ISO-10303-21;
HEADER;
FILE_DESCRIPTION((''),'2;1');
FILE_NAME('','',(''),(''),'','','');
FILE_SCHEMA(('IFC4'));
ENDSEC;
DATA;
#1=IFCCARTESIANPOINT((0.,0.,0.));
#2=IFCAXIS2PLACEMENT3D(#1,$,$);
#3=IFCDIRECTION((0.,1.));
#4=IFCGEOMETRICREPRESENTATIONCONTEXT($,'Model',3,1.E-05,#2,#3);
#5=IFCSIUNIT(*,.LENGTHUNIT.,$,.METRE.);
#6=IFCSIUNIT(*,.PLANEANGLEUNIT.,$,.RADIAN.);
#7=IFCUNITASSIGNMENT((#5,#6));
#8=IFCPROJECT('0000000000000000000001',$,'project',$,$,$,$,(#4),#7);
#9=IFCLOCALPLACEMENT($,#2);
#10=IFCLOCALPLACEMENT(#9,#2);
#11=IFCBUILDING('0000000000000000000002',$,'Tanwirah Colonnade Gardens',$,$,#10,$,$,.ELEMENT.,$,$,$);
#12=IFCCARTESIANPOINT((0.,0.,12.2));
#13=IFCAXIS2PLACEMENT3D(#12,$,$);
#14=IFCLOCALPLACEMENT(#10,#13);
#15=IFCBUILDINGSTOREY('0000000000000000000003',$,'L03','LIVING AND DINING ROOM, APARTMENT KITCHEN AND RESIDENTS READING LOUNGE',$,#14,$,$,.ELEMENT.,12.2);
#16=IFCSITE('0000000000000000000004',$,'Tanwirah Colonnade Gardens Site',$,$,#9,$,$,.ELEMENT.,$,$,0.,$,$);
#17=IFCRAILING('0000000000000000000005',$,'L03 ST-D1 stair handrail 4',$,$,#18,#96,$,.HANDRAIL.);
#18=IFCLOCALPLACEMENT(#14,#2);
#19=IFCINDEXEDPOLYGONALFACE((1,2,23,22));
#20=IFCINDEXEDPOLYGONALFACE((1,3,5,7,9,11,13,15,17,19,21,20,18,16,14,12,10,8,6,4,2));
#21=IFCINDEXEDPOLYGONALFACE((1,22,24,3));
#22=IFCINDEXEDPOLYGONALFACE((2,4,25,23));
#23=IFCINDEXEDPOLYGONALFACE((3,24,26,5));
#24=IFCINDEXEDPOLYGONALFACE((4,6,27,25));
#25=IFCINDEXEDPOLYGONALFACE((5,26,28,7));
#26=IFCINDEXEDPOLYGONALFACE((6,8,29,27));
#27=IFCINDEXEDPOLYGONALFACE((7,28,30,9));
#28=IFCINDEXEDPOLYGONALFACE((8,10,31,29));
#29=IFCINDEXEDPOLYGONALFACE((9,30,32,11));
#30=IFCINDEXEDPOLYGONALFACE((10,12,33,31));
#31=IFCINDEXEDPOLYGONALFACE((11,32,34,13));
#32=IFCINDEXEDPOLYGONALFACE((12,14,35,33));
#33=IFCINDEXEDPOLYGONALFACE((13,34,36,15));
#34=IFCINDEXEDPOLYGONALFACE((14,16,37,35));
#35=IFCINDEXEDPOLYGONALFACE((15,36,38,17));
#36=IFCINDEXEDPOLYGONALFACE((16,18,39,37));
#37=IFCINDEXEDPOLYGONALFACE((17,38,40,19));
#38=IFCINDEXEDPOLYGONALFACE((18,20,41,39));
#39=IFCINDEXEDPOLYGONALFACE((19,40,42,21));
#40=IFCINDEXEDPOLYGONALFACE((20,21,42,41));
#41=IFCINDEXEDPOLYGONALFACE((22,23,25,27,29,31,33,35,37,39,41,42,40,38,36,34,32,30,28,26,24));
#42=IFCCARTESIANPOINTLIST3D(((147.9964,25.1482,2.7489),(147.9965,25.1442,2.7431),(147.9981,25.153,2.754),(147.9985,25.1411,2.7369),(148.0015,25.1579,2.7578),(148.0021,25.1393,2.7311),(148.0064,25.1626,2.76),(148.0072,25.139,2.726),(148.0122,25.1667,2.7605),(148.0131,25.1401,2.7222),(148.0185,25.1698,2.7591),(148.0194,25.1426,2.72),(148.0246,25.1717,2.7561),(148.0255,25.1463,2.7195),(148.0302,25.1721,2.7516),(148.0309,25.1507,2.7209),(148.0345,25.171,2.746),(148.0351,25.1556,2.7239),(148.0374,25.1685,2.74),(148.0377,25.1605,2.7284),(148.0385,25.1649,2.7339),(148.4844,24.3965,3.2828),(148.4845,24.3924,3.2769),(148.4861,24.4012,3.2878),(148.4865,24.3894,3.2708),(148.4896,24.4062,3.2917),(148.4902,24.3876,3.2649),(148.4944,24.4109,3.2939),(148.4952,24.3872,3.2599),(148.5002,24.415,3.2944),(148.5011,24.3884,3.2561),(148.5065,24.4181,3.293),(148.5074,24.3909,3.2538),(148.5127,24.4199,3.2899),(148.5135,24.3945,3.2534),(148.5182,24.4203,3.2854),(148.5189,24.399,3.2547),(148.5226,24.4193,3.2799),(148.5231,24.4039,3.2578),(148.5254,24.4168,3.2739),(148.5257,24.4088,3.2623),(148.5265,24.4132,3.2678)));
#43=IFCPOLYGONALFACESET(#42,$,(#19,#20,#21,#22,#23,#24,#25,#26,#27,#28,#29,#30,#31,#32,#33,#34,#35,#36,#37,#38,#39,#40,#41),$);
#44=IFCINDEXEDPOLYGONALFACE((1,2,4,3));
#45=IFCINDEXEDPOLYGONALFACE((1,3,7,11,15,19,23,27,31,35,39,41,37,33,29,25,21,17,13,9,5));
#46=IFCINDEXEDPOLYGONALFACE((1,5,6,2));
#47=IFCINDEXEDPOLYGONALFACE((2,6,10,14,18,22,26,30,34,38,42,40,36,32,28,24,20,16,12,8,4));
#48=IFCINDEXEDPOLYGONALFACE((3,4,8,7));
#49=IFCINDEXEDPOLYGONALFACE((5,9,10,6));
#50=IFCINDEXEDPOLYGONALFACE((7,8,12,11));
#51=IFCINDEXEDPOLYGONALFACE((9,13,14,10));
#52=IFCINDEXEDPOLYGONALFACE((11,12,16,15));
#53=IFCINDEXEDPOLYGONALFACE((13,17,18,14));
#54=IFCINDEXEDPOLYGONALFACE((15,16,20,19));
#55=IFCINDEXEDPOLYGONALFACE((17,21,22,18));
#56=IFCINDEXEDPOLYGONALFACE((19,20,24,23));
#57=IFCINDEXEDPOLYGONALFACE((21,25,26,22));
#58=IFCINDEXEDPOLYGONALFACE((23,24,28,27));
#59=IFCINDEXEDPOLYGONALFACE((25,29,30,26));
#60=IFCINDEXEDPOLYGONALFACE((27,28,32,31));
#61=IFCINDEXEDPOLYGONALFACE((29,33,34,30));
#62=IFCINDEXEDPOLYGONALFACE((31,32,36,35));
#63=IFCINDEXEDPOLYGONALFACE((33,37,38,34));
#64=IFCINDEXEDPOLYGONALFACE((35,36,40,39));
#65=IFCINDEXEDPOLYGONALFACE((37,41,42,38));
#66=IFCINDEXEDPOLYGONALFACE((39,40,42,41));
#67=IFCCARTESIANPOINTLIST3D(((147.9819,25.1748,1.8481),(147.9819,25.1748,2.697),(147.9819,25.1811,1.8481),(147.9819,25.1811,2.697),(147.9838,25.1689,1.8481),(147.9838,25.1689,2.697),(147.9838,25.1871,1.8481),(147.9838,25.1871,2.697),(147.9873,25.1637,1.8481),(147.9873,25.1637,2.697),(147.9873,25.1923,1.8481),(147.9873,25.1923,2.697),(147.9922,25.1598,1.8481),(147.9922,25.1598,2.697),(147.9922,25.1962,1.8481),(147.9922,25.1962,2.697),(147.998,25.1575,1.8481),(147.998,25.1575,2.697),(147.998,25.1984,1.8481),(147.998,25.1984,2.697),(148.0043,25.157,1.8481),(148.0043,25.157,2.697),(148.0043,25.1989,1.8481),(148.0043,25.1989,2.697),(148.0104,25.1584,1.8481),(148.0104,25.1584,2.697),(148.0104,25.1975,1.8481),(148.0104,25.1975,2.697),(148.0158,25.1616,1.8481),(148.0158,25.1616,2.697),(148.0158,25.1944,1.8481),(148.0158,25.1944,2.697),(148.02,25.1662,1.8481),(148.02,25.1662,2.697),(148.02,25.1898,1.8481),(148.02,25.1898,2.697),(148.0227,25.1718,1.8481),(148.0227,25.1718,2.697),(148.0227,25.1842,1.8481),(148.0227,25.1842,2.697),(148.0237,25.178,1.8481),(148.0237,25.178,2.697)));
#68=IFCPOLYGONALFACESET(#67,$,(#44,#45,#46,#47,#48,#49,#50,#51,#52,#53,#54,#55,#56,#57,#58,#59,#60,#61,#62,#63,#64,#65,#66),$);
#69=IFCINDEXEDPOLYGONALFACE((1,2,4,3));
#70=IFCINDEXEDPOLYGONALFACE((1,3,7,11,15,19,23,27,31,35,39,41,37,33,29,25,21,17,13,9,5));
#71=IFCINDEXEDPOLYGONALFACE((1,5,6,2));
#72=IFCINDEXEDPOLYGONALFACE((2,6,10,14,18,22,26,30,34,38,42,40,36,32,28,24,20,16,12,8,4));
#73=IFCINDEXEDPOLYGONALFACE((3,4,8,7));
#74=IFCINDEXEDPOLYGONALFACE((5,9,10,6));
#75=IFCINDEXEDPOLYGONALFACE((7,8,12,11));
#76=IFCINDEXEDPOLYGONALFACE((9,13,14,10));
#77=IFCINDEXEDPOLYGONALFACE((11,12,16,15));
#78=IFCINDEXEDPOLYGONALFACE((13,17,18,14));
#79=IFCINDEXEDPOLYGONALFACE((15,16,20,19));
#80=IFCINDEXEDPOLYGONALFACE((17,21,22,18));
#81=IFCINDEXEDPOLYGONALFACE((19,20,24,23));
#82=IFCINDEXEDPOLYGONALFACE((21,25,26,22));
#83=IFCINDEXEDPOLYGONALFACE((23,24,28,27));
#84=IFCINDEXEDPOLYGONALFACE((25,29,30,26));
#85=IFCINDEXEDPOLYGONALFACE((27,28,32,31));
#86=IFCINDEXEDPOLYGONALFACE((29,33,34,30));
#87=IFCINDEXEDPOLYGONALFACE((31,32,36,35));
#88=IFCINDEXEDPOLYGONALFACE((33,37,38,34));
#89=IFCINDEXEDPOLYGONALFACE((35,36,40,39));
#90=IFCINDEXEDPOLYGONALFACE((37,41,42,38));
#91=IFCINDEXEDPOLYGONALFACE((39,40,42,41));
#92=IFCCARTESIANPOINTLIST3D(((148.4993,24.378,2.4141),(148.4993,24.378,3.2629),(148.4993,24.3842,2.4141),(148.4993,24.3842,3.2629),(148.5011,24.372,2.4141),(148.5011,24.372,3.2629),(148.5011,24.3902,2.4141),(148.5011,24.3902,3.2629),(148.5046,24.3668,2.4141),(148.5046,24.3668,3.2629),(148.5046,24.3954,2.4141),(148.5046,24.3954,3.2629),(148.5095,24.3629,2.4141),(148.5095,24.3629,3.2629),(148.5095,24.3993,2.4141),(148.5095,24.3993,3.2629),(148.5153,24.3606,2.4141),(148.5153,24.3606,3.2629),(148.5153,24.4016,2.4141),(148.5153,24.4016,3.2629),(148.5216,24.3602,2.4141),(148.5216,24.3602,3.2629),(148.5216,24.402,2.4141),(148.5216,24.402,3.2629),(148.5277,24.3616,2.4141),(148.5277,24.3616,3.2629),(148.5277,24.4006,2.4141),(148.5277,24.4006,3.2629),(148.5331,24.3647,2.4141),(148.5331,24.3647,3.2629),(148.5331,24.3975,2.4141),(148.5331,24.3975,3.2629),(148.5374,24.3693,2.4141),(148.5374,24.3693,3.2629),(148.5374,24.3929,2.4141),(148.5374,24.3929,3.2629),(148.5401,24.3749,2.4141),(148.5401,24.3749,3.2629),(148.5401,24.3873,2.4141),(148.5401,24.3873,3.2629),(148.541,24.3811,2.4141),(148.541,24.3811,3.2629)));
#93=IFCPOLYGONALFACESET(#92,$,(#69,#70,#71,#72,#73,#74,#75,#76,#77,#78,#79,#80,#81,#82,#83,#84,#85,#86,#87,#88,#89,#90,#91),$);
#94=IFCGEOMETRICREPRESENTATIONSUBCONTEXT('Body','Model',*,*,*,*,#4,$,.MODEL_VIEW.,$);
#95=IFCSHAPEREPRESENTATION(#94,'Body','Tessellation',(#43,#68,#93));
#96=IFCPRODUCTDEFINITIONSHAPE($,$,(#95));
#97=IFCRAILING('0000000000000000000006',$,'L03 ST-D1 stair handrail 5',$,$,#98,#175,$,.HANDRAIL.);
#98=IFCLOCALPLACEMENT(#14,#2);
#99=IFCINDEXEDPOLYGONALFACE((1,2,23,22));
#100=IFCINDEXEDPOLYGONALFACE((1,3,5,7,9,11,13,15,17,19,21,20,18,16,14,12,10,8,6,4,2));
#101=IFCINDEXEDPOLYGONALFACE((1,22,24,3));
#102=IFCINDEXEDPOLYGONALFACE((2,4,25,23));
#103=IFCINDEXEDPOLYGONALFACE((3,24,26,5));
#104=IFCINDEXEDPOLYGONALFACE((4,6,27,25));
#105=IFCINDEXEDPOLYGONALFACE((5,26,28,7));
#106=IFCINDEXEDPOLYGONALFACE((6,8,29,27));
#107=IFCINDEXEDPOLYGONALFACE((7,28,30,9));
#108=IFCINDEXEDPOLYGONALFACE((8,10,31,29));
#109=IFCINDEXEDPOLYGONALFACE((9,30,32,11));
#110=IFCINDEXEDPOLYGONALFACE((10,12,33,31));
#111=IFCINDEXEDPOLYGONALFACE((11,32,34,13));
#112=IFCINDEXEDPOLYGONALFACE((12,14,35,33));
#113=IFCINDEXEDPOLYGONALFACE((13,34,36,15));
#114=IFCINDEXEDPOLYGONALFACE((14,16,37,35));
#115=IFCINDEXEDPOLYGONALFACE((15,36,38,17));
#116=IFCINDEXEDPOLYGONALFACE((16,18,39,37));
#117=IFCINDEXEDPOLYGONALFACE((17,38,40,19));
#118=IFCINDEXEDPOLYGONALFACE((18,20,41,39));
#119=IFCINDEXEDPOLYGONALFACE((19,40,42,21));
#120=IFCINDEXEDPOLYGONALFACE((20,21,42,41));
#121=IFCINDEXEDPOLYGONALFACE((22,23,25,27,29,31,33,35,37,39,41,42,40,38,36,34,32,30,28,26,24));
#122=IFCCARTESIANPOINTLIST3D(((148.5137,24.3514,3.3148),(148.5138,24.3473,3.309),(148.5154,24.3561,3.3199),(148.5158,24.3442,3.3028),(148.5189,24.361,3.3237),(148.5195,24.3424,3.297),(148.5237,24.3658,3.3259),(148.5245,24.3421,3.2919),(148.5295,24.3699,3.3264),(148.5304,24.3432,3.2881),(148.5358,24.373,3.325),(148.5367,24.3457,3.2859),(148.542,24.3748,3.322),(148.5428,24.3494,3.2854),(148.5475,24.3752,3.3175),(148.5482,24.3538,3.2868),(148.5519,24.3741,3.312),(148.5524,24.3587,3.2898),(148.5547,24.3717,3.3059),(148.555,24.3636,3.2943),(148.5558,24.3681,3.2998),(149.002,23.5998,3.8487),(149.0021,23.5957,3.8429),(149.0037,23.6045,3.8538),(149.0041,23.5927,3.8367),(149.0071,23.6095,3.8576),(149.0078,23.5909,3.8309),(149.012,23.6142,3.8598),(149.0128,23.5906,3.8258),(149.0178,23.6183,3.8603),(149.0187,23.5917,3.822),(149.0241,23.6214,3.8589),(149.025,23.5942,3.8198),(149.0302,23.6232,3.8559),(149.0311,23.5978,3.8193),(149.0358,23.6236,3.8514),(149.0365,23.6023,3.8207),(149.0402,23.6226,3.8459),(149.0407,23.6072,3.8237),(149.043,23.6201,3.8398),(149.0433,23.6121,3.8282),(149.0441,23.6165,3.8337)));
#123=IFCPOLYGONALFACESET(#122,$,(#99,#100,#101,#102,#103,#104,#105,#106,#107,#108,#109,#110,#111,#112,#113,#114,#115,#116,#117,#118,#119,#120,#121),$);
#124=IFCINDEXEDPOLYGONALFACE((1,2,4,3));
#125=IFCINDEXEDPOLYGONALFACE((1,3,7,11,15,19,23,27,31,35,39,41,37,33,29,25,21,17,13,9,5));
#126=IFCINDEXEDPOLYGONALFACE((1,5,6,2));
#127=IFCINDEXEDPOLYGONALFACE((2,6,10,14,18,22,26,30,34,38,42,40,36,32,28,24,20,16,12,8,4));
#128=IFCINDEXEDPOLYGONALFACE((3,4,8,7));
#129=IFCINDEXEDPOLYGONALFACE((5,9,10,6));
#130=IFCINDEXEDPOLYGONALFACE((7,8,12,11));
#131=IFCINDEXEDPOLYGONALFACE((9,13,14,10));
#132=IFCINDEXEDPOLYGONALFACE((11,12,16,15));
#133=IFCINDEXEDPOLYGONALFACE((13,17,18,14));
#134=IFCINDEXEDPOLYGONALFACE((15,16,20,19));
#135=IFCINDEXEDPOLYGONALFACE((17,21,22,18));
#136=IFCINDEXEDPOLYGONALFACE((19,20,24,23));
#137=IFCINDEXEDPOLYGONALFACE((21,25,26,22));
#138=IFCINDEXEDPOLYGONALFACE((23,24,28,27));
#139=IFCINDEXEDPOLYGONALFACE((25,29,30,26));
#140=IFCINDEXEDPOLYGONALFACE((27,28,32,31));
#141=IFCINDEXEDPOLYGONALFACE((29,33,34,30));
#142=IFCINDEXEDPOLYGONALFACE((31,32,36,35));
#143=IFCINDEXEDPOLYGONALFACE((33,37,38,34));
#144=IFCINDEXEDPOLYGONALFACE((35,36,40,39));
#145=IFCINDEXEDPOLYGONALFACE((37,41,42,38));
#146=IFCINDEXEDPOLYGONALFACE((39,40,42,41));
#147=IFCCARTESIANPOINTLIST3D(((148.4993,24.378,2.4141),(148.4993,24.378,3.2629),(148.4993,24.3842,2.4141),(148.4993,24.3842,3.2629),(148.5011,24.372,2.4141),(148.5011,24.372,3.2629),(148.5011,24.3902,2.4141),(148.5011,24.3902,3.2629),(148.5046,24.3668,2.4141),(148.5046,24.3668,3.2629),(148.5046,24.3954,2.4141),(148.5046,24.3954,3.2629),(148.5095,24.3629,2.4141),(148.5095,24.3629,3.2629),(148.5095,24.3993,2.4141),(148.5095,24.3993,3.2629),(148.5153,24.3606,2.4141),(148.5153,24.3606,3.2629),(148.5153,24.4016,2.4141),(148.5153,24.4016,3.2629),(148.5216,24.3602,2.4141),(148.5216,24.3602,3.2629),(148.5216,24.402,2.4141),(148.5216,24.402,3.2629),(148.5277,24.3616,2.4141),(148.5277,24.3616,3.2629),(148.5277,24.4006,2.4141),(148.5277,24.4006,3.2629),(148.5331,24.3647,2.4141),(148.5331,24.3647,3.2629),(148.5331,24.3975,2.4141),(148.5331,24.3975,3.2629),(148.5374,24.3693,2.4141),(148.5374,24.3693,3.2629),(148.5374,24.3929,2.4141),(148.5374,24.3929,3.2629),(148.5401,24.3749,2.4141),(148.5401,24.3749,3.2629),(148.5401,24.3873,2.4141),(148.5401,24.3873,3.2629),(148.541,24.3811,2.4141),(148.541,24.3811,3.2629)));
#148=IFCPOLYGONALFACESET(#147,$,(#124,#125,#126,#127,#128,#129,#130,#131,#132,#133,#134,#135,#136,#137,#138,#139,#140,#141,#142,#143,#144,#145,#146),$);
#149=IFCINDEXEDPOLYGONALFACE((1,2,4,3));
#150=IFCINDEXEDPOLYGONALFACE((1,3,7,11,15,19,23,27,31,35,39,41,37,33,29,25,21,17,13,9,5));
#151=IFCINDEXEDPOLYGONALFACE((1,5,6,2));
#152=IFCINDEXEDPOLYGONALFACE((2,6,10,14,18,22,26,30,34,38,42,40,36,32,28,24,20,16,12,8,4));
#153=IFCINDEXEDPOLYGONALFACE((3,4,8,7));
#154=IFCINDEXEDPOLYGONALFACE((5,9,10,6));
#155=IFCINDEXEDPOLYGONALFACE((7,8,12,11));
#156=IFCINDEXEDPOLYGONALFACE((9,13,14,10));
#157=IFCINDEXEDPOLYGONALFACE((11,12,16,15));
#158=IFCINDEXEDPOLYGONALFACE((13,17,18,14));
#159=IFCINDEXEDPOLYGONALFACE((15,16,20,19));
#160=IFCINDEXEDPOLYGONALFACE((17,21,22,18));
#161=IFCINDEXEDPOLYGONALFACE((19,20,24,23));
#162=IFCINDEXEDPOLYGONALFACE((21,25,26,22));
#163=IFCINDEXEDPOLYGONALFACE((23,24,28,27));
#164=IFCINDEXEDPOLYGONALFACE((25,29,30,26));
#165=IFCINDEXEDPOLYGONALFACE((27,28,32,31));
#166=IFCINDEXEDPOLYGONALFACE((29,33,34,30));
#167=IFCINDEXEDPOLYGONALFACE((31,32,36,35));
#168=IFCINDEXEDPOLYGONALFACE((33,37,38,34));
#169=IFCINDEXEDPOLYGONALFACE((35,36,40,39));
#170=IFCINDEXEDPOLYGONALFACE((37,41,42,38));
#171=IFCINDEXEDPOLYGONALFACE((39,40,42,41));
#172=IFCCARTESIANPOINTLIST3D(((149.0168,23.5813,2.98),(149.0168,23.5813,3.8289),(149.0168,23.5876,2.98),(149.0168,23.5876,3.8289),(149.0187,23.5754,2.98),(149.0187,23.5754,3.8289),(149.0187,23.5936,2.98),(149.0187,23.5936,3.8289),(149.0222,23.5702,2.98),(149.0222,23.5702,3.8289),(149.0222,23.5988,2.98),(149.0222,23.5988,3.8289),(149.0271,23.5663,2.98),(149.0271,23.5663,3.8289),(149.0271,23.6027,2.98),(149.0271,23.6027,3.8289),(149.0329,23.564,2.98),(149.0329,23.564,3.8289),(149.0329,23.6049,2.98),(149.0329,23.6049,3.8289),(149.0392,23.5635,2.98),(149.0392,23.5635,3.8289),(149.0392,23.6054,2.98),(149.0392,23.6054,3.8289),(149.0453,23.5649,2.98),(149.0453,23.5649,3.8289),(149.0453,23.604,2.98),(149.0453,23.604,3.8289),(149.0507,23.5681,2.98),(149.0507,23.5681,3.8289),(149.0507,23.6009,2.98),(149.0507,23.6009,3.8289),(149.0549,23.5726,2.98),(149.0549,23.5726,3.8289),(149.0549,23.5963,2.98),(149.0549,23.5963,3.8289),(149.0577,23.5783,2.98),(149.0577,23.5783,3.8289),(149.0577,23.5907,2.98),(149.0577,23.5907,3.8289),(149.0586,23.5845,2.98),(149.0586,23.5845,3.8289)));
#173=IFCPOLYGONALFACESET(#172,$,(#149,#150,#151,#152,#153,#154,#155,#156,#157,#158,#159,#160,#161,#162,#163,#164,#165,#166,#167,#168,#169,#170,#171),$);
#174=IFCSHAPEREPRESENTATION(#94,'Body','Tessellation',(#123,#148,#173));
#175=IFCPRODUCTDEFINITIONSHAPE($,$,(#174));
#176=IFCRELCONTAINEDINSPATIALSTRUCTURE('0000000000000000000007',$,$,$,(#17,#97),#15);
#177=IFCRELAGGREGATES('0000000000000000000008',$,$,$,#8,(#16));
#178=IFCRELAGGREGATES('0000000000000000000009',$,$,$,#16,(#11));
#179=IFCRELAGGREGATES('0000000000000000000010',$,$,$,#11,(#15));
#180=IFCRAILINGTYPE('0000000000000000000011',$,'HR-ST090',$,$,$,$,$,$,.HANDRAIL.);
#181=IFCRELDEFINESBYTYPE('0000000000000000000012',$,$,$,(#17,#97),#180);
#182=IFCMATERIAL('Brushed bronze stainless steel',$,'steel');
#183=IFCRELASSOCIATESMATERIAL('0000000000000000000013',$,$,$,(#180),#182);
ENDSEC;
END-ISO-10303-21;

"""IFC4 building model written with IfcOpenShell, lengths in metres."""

from ifc_helpers import new_model, si_unit, direction, frame, origin, origin_2d, place, context, subcontext, project, spatial, circle, extrude, material, type_object, element, save


model = new_model("IFC4")

# Units and contexts
model_context = context("Model", 3, precision=1e-05, world=origin(), true_north=direction((0.0, 1.0)))
body_context = subcontext(model_context, "Body", "Model", "MODEL_VIEW")
ifc_project = project(units=[si_unit("LENGTHUNIT", "METRE"), si_unit("PLANEANGLEUNIT", "RADIAN")], contexts=[model_context])

# Site, building, storey
site_placement = place(None, origin())
site = spatial("IfcSite", under=ifc_project, at=site_placement, Name="Tanwirah Colonnade Gardens Site", CompositionType="ELEMENT", RefElevation=0.0)
building_placement = place(site_placement, origin())
building = spatial("IfcBuilding", under=site, at=building_placement, Name="Tanwirah Colonnade Gardens", CompositionType="ELEMENT")
storey_placement = place(building_placement, frame((0.0, 0.0, 12.2)))
storey = spatial("IfcBuildingStorey", under=building, at=storey_placement, Name="L03", Description="LIVING AND DINING ROOM, APARTMENT KITCHEN AND RESIDENTS READING LOUNGE", CompositionType="ELEMENT", Elevation=12.2)

# Railings
ifc_material_1 = material(Name="Brushed bronze stainless steel", Category="steel")
railing_type_1 = type_object("IfcRailingType", Name="HR-ST090", PredefinedType="HANDRAIL", material=ifc_material_1)
railing_1_placement = place(storey_placement, frame((148.0027, 25.178, 1.8481)))
element("IfcRailing", 1, at=railing_1_placement, inside=storey, type_object=railing_type_1, Name="L03 ST-D1 stair handrail 4", PredefinedType="HANDRAIL", context=body_context, shape_type="SweptSolid", body=[
    extrude(circle(Radius=0.0239, at=origin_2d()), frame((0.0146, -0.0225, 0.8918), z_axis=(0.467815, -0.720599, 0.511749), x_axis=(0.838749, 0.544519, 0.0)), (0.0, 0.0, 1.0), 1.0432),
    extrude(circle(Radius=0.021, at=origin_2d()), origin(), (0.0, 0.0, 1.0), 0.8489),
    extrude(circle(Radius=0.021, at=origin_2d()), frame((0.5173, -0.7969, 0.5659)), (0.0, 0.0, 1.0), 0.8489),
])
railing_2_placement = place(storey_placement, frame((148.52, 24.3811, 2.4141)))
element("IfcRailing", 2, at=railing_2_placement, inside=storey, type_object=railing_type_1, Name="L03 ST-D1 stair handrail 5", PredefinedType="HANDRAIL", context=body_context, shape_type="SweptSolid", body=[
    extrude(circle(Radius=0.0239, at=origin_2d()), frame((0.0146, -0.0225, 0.8918), z_axis=(0.468062, -0.720418, 0.511777), x_axis=(0.838555, 0.544817, 0.0)), (0.0, 0.0, 1.0), 1.0432),
    extrude(circle(Radius=0.021, at=origin_2d()), origin(), (0.0, 0.0, 1.0), 0.8489),
    extrude(circle(Radius=0.021, at=origin_2d()), frame((0.5176, -0.7966, 0.5659)), (0.0, 0.0, 1.0), 0.8489),
])

save(model, "model.ifc")
